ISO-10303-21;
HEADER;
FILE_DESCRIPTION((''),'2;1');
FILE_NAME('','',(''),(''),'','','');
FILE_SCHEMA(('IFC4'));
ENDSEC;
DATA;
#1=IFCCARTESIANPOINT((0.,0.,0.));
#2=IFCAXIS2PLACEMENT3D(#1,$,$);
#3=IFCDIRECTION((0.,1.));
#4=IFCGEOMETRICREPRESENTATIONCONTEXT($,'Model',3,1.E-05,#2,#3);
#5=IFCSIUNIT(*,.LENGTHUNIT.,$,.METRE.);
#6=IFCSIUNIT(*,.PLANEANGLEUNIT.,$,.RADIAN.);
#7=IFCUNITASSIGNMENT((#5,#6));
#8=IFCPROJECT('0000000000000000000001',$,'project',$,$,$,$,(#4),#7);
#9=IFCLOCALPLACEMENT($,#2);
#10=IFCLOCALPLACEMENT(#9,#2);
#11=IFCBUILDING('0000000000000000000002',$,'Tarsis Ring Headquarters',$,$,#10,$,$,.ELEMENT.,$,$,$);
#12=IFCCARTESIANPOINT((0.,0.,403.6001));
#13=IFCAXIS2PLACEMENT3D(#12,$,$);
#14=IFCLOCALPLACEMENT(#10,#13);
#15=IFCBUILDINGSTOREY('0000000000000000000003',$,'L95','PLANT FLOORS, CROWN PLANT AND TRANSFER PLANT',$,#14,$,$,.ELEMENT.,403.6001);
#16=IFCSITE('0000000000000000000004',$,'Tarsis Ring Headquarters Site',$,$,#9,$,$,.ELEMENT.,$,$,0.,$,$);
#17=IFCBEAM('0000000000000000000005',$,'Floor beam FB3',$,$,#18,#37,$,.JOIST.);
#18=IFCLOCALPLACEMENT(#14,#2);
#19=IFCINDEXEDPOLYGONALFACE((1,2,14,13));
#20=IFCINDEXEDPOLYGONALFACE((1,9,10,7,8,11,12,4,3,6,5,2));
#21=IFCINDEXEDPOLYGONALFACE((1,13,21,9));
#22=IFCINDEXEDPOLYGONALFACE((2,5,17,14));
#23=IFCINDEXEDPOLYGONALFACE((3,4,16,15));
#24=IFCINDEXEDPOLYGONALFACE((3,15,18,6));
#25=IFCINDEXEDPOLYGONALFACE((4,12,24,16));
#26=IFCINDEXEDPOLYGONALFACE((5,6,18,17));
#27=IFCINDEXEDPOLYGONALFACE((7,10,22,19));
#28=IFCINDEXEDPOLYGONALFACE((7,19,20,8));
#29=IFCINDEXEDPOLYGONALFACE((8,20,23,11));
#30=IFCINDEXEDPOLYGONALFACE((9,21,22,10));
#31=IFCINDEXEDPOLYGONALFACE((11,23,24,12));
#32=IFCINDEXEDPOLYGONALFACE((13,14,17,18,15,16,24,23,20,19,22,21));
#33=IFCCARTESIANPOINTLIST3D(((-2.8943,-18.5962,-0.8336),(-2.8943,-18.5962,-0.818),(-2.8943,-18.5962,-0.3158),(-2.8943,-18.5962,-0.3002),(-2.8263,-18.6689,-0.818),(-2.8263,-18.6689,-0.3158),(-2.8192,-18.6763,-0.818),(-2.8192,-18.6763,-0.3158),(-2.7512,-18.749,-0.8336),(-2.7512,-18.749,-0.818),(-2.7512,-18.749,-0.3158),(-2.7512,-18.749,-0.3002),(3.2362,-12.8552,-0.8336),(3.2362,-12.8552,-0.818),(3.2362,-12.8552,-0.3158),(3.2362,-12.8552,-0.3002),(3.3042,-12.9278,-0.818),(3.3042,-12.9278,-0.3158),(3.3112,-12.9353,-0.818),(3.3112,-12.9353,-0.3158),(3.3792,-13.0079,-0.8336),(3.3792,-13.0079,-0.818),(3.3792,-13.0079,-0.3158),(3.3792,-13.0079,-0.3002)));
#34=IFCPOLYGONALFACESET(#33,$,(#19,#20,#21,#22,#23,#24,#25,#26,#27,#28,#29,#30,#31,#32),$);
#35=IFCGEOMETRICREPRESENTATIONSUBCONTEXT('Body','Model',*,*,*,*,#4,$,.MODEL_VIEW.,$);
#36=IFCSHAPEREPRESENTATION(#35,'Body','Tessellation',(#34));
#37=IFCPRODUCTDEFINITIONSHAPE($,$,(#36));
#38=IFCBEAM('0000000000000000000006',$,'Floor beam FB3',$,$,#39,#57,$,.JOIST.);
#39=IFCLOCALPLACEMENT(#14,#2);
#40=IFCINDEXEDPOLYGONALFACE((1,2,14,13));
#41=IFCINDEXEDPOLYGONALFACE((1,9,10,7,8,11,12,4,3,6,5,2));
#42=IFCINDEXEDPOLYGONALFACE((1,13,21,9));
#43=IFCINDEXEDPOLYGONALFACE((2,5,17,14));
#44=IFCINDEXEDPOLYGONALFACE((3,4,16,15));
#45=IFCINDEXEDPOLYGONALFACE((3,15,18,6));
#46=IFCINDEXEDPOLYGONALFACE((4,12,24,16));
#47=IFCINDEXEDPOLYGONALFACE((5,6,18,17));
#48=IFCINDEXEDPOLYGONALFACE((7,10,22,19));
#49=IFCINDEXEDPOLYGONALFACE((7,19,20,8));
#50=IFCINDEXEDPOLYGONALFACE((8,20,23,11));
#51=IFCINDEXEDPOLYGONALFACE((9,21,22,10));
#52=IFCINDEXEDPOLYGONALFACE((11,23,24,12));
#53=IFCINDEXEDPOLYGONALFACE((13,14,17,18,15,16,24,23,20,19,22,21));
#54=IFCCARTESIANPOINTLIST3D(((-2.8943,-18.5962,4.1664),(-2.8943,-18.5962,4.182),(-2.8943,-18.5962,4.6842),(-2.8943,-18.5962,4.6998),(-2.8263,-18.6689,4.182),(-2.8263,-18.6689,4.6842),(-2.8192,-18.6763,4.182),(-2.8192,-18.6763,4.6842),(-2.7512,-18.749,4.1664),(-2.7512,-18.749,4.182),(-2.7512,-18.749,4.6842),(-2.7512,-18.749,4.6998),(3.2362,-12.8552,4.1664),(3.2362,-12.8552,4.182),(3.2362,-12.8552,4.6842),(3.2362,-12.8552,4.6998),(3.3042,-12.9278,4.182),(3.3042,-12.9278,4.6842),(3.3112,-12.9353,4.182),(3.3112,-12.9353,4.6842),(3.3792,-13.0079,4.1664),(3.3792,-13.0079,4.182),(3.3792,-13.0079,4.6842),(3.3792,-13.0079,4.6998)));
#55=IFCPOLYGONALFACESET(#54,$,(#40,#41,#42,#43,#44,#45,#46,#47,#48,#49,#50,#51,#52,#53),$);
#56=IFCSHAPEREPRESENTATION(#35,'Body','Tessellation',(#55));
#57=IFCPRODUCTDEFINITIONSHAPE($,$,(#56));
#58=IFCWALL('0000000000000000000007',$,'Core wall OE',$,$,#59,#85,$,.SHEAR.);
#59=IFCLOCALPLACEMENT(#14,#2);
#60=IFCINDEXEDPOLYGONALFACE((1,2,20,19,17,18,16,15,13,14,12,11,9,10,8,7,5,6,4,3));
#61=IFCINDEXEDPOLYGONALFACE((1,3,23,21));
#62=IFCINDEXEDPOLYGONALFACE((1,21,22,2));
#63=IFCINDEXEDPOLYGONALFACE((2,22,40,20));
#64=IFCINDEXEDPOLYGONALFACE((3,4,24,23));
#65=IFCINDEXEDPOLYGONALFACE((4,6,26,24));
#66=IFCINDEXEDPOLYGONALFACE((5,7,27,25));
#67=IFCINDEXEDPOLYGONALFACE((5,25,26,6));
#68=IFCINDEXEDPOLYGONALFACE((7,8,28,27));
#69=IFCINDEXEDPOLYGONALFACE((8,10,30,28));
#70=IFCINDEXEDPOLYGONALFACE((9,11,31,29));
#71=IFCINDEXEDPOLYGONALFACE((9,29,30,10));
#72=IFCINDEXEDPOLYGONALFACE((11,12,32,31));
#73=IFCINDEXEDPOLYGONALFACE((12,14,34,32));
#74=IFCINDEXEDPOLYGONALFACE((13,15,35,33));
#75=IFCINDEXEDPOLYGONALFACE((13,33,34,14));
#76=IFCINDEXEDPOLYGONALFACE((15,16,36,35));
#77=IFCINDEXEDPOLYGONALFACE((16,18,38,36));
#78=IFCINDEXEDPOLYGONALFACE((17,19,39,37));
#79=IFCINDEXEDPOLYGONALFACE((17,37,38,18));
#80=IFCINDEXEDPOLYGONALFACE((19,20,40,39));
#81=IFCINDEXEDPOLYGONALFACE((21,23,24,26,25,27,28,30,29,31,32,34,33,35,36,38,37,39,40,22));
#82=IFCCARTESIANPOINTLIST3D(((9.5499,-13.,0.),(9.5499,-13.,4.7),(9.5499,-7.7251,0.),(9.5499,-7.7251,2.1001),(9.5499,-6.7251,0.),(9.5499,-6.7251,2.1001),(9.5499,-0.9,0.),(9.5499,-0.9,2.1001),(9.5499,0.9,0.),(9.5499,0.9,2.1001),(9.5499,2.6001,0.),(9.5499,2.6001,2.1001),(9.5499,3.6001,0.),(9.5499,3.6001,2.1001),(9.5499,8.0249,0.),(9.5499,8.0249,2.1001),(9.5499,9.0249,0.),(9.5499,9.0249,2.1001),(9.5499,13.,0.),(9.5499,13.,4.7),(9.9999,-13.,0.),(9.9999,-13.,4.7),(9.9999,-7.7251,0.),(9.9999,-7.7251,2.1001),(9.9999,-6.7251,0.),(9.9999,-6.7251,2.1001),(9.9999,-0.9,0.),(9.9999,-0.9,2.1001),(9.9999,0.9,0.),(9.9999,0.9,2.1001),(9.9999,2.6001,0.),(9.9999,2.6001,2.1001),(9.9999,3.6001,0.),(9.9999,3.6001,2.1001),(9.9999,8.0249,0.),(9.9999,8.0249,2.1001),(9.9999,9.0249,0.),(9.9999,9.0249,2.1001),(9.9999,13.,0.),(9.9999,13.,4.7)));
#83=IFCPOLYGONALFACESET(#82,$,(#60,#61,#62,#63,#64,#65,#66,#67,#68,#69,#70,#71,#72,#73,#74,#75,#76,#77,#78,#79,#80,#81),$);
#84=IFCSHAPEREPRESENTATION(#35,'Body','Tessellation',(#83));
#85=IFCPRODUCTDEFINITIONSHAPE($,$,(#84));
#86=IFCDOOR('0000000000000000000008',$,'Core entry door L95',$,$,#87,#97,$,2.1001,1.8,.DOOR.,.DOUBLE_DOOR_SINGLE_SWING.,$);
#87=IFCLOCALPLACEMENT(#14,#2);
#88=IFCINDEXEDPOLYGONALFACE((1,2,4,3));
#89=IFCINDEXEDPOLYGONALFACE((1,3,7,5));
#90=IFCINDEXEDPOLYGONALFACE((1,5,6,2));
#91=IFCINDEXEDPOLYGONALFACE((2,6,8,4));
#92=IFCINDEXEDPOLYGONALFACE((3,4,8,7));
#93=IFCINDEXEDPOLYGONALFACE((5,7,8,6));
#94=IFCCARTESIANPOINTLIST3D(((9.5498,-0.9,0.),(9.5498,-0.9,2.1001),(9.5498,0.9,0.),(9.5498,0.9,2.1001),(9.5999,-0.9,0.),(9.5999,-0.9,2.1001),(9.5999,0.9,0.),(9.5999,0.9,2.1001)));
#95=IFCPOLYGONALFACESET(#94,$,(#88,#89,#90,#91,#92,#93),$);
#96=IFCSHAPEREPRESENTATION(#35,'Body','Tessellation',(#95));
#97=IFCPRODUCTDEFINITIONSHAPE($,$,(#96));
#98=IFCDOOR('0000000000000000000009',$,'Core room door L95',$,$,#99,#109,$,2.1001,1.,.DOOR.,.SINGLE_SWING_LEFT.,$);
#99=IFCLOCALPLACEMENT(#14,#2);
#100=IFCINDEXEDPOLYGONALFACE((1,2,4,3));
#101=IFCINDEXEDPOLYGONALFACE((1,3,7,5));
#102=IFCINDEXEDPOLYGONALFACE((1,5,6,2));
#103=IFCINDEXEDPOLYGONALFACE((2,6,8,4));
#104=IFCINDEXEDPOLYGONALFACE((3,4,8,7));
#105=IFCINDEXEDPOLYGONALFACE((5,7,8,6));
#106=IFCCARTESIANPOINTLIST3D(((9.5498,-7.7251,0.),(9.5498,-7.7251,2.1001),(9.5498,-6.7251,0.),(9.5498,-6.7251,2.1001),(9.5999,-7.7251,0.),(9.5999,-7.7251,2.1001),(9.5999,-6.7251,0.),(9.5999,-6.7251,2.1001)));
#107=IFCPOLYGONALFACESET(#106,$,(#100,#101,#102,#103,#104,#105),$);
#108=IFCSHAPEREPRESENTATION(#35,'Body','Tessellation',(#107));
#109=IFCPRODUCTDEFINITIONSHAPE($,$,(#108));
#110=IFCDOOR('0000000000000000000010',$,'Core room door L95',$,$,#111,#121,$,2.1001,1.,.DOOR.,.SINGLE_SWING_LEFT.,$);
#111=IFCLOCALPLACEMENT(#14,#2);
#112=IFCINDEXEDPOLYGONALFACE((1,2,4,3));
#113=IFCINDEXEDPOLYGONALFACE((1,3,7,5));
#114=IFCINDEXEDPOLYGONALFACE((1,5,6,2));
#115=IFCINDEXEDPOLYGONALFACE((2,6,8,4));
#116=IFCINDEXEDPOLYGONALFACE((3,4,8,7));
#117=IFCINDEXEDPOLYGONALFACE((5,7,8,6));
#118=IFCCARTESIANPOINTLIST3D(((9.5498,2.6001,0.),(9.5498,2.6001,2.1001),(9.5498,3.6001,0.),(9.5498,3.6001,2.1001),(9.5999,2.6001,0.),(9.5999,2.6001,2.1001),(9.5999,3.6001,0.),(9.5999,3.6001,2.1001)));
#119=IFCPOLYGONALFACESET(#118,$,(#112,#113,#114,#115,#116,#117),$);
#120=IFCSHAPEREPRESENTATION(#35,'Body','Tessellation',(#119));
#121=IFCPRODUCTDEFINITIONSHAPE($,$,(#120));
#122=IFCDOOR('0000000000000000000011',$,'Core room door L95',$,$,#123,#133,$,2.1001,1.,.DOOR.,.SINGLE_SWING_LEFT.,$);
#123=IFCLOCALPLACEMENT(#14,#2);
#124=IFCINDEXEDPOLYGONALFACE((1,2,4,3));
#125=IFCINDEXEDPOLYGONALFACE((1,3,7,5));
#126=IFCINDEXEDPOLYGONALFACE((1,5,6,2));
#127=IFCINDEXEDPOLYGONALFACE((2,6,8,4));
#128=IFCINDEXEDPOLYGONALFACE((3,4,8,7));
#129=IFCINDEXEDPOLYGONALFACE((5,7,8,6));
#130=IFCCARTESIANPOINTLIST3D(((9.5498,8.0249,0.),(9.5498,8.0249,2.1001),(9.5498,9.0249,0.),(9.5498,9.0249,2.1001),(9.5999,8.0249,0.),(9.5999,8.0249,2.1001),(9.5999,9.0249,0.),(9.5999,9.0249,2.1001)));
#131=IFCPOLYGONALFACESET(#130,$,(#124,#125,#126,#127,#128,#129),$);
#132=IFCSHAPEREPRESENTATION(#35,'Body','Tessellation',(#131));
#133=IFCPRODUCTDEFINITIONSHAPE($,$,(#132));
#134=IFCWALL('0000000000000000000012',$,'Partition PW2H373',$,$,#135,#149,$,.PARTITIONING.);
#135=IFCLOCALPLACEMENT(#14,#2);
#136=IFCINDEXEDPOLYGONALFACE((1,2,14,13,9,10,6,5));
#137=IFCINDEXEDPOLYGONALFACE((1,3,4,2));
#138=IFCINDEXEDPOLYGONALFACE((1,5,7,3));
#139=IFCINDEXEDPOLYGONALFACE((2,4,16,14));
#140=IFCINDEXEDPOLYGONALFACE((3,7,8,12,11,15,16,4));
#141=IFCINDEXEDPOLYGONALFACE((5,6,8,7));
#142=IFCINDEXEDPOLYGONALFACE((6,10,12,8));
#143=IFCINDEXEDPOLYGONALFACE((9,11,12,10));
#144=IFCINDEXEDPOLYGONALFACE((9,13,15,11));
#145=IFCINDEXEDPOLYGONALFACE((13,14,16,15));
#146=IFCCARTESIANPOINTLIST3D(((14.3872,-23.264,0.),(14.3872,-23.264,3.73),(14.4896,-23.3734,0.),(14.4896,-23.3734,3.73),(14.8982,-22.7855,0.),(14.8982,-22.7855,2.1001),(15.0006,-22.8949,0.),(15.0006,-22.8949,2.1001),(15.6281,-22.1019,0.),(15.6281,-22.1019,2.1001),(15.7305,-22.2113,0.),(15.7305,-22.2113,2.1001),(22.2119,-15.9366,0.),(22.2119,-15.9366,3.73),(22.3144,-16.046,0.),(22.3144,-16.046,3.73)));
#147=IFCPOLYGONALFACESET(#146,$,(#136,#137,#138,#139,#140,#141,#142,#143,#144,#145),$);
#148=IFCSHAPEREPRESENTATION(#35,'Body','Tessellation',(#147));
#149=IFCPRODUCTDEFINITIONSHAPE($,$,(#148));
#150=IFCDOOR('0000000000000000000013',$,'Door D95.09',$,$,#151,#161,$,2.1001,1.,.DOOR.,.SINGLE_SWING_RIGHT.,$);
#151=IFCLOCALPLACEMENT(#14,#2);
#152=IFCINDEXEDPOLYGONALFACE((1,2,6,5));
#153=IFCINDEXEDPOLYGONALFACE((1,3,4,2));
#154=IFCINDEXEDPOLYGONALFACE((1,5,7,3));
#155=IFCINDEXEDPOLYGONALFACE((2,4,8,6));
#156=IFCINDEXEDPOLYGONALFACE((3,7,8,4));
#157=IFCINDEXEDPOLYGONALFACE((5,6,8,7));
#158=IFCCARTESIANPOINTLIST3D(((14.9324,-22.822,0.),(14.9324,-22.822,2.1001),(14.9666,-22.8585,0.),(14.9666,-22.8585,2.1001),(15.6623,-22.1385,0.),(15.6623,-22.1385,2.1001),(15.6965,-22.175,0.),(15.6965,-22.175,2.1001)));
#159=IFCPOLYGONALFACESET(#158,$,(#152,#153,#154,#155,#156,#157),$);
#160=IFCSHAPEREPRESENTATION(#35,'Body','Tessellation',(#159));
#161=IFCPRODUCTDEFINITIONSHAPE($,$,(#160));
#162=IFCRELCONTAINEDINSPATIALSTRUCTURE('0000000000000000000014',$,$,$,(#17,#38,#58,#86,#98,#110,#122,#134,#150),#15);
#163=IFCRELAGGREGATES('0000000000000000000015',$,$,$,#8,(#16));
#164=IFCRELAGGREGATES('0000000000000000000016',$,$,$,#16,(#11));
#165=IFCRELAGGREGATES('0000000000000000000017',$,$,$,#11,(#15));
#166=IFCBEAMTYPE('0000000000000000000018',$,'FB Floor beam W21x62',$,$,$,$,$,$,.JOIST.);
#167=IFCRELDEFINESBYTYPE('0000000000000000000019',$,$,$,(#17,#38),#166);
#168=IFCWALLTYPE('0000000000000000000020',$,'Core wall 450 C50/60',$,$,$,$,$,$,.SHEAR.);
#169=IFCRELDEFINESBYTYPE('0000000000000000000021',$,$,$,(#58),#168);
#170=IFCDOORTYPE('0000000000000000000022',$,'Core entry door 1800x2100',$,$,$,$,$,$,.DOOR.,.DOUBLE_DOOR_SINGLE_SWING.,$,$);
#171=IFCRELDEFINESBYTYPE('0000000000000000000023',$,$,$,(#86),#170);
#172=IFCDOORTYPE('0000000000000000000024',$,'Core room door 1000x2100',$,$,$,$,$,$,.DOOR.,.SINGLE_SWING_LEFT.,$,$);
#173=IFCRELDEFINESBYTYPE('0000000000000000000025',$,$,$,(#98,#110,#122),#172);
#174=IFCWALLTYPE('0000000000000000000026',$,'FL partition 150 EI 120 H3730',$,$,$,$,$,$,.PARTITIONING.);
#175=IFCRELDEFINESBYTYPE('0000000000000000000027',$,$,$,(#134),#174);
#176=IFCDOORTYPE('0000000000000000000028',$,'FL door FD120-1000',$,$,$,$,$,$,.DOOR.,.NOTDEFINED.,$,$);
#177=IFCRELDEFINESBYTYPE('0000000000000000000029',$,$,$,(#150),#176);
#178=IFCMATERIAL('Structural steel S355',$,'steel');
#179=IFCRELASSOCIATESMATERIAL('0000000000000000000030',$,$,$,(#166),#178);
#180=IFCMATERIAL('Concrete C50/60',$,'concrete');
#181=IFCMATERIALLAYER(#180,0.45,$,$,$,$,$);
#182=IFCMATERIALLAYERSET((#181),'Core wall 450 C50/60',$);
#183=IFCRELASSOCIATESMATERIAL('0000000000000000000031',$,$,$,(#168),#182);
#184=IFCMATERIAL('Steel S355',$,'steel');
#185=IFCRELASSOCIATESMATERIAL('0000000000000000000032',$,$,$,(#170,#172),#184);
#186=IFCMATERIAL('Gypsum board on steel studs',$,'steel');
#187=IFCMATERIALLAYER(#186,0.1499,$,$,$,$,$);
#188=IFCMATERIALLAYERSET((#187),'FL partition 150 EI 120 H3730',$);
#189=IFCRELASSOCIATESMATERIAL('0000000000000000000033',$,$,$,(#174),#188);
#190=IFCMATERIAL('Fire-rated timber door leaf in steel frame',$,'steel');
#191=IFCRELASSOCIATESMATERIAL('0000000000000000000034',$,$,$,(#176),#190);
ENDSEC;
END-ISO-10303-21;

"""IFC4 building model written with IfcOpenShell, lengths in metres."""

from ifc_helpers import new_model, si_unit, direction, frame, frame_2d, origin, origin_2d, place, context, subcontext, project, spatial, rectangle, i_section, extrude, material, layer, layer_set, material_profile, profile_set, type_object, element, fill, save


model = new_model("IFC4")

# Units and contexts
model_context = context("Model", 3, precision=1e-05, world=origin(), true_north=direction((0.0, 1.0)))
body_context = subcontext(model_context, "Body", "Model", "MODEL_VIEW")
ifc_project = project(units=[si_unit("LENGTHUNIT", "METRE"), si_unit("PLANEANGLEUNIT", "RADIAN")], contexts=[model_context])

# Site, building, storey
site_placement = place(None, origin())
site = spatial("IfcSite", under=ifc_project, at=site_placement, Name="Tarsis Ring Headquarters Site", CompositionType="ELEMENT", RefElevation=0.0)
building_placement = place(site_placement, origin())
building = spatial("IfcBuilding", under=site, at=building_placement, Name="Tarsis Ring Headquarters", CompositionType="ELEMENT")
storey_placement = place(building_placement, frame((0.0, 0.0, 403.6001)))
storey = spatial("IfcBuildingStorey", under=building, at=storey_placement, Name="L95", Description="PLANT FLOORS, CROWN PLANT AND TRANSFER PLANT", CompositionType="ELEMENT", Elevation=403.6001)

# Beams
ifc_material_1 = material(Name="Structural steel S355", Category="steel")
ifc_material_profile = material_profile(ifc_material_1, i_section(OverallWidth=0.2092, OverallDepth=0.5334, WebThickness=0.0103, FlangeThickness=0.0156, at=origin_2d()), Name="W21x62")
ifc_profile_set = profile_set([ifc_material_profile], Name="Structural steel S355")
beam_type = type_object("IfcBeamType", Name="FB Floor beam W21x62", PredefinedType="JOIST", material=ifc_profile_set)
for number, where, z_axis, x_axis, name in (
    (1, (-2.8228, -18.6726, -0.5669), (0.729909, 0.683545, 0.0), (-0.683545, 0.729909, 0.0), "Floor beam FB3"),
    (2, (-2.8228, -18.6726, 4.4331), (0.729909, 0.683545, 0.0), (-0.683545, 0.729909, 0.0), "Floor beam FB3"),
):
    element("IfcBeam", number, at=place(storey_placement, frame(where, z_axis=z_axis, x_axis=x_axis)), inside=storey, type_object=beam_type, Name=name, PredefinedType="JOIST", context=body_context, shape_type="SweptSolid", body=[
        extrude(i_section(OverallWidth=0.2092, OverallDepth=0.5334, WebThickness=0.0103, FlangeThickness=0.0156, at=origin_2d()), origin(), (0.0, 0.0, 1.0), 8.3989),
    ])

# Wall, openings, doors
ifc_material_2 = material(Name="Concrete C50/60", Category="concrete")
ifc_layer_1 = layer(ifc_material_2, 0.45)
ifc_layer_set_1 = layer_set([ifc_layer_1], Name="Core wall 450 C50/60")
wall_type_1 = type_object("IfcWallType", Name="Core wall 450 C50/60", PredefinedType="SHEAR", material=ifc_layer_set_1)
wall_1_placement = place(storey_placement, frame((9.7749, -13.0, 0.0), z_axis=(0.0, 0.0, 1.0), x_axis=(0.0, 1.0, 0.0)))
wall_1 = element("IfcWall", 3, at=wall_1_placement, inside=storey, type_object=wall_type_1, Name="Core wall OE", PredefinedType="SHEAR", context=body_context, shape_type="SweptSolid", body=[
    extrude(rectangle(XDim=26.0, YDim=0.45, at=frame_2d((13.0, 0.0))), origin(), (0.0, 0.0, 1.0), 4.7),
])
opening_1_placement = place(wall_1_placement, frame((5.2749, 0.0, 0.0)))
opening_1 = element("IfcOpeningElement", 4, at=opening_1_placement, cuts=wall_1, PredefinedType="OPENING", context=body_context, shape_type="SweptSolid", body=[
    extrude(rectangle(XDim=1.0, YDim=2.1001, at=frame_2d((0.5, 1.05))), frame((0.0, 0.2349, 0.0), z_axis=(0.0, -1.0, 0.0), x_axis=(1.0, 0.0, 0.0)), (0.0, 0.0, 1.0), 0.47),
])
opening_2_placement = place(wall_1_placement, frame((12.1001, 0.0, 0.0)))
opening_2 = element("IfcOpeningElement", 5, at=opening_2_placement, cuts=wall_1, PredefinedType="OPENING", context=body_context, shape_type="SweptSolid", body=[
    extrude(rectangle(XDim=1.8, YDim=2.1001, at=frame_2d((0.8999, 1.05))), frame((0.0, 0.2349, 0.0), z_axis=(0.0, -1.0, 0.0), x_axis=(1.0, 0.0, 0.0)), (0.0, 0.0, 1.0), 0.47),
])
opening_3_placement = place(wall_1_placement, frame((15.6001, 0.0, 0.0)))
opening_3 = element("IfcOpeningElement", 6, at=opening_3_placement, cuts=wall_1, PredefinedType="OPENING", context=body_context, shape_type="SweptSolid", body=[
    extrude(rectangle(XDim=1.0, YDim=2.1001, at=frame_2d((0.5, 1.05))), frame((0.0, 0.2349, 0.0), z_axis=(0.0, -1.0, 0.0), x_axis=(1.0, 0.0, 0.0)), (0.0, 0.0, 1.0), 0.47),
])
opening_4_placement = place(wall_1_placement, frame((21.0249, 0.0, 0.0)))
opening_4 = element("IfcOpeningElement", 7, at=opening_4_placement, cuts=wall_1, PredefinedType="OPENING", context=body_context, shape_type="SweptSolid", body=[
    extrude(rectangle(XDim=1.0, YDim=2.1001, at=frame_2d((0.5, 1.05))), frame((0.0, 0.2349, 0.0), z_axis=(0.0, -1.0, 0.0), x_axis=(1.0, 0.0, 0.0)), (0.0, 0.0, 1.0), 0.47),
])
ifc_material_3 = material(Name="Steel S355", Category="steel")
door_type_1 = type_object("IfcDoorType", Name="Core entry door 1800x2100", OperationType="DOUBLE_DOOR_SINGLE_SWING", PredefinedType="DOOR", material=ifc_material_3)
door_1_placement = place(opening_2_placement, origin())
door_1 = element("IfcDoor", 8, at=door_1_placement, inside=storey, type_object=door_type_1, Name="Core entry door L95", OperationType="DOUBLE_DOOR_SINGLE_SWING", OverallHeight=2.1001, OverallWidth=1.8, PredefinedType="DOOR", context=body_context, shape_type="SweptSolid", body=[
    extrude(rectangle(XDim=1.8, YDim=2.1001, at=frame_2d((0.8999, 1.05))), frame((0.0, 0.2251, 0.0), z_axis=(0.0, -1.0, 0.0), x_axis=(1.0, 0.0, 0.0)), (0.0, 0.0, 1.0), 0.05),
])
fill(opening_2, door_1)
door_type_2 = type_object("IfcDoorType", Name="Core room door 1000x2100", OperationType="SINGLE_SWING_LEFT", PredefinedType="DOOR", material=ifc_material_3)
door_2_placement = place(opening_1_placement, origin())
door_2 = element("IfcDoor", 9, at=door_2_placement, inside=storey, type_object=door_type_2, Name="Core room door L95", OperationType="SINGLE_SWING_LEFT", OverallHeight=2.1001, OverallWidth=1.0, PredefinedType="DOOR", context=body_context, shape_type="SweptSolid", body=[
    extrude(rectangle(XDim=1.0, YDim=2.1001, at=frame_2d((0.5, 1.05))), frame((0.0, 0.2251, 0.0), z_axis=(0.0, -1.0, 0.0), x_axis=(1.0, 0.0, 0.0)), (0.0, 0.0, 1.0), 0.05),
])
fill(opening_1, door_2)
door_3_placement = place(opening_3_placement, origin())
door_3 = element("IfcDoor", 10, at=door_3_placement, inside=storey, type_object=door_type_2, Name="Core room door L95", OperationType="SINGLE_SWING_LEFT", OverallHeight=2.1001, OverallWidth=1.0, PredefinedType="DOOR", context=body_context, shape_type="SweptSolid", body=[
    extrude(rectangle(XDim=1.0, YDim=2.1001, at=frame_2d((0.5, 1.05))), frame((0.0, 0.2251, 0.0), z_axis=(0.0, -1.0, 0.0), x_axis=(1.0, 0.0, 0.0)), (0.0, 0.0, 1.0), 0.05),
])
fill(opening_3, door_3)
door_4_placement = place(opening_4_placement, origin())
door_4 = element("IfcDoor", 11, at=door_4_placement, inside=storey, type_object=door_type_2, Name="Core room door L95", OperationType="SINGLE_SWING_LEFT", OverallHeight=2.1001, OverallWidth=1.0, PredefinedType="DOOR", context=body_context, shape_type="SweptSolid", body=[
    extrude(rectangle(XDim=1.0, YDim=2.1001, at=frame_2d((0.5, 1.05))), frame((0.0, 0.2251, 0.0), z_axis=(0.0, -1.0, 0.0), x_axis=(1.0, 0.0, 0.0)), (0.0, 0.0, 1.0), 0.05),
])
fill(opening_4, door_4)

# Wall, opening, door
ifc_material_4 = material(Name="Gypsum board on steel studs", Category="steel")
ifc_layer_2 = layer(ifc_material_4, 0.1499)
ifc_layer_set_2 = layer_set([ifc_layer_2], Name="FL partition 150 EI 120 H3730")
wall_type_2 = type_object("IfcWallType", Name="FL partition 150 EI 120 H3730", PredefinedType="PARTITIONING", material=ifc_layer_set_2)
wall_2_placement = place(storey_placement, frame((14.4385, -23.3186, 0.0), z_axis=(0.0, 0.0, 1.0), x_axis=(0.729922, 0.68353, 0.0)))
wall_2 = element("IfcWall", 12, at=wall_2_placement, inside=storey, type_object=wall_type_2, Name="Partition PW2H373", PredefinedType="PARTITIONING", context=body_context, shape_type="SweptSolid", body=[
    extrude(rectangle(XDim=10.72, YDim=0.1499, at=frame_2d((5.3599, 0.0))), origin(), (0.0, 0.0, 1.0), 3.73),
])
opening_5_placement = place(wall_2_placement, frame((0.7, 0.0, 0.0)))
opening_5 = element("IfcOpeningElement", 13, at=opening_5_placement, cuts=wall_2, PredefinedType="OPENING", context=body_context, shape_type="SweptSolid", body=[
    extrude(rectangle(XDim=1.0, YDim=2.1001, at=frame_2d((0.5, 1.05))), frame((0.0, 0.085, 0.0), z_axis=(0.0, -1.0, 0.0), x_axis=(1.0, 0.0, 0.0)), (0.0, 0.0, 1.0), 0.1699),
])
ifc_material_5 = material(Name="Fire-rated timber door leaf in steel frame", Category="steel")
door_type_3 = type_object("IfcDoorType", Name="FL door FD120-1000", OperationType="NOTDEFINED", PredefinedType="DOOR", material=ifc_material_5)
door_5_placement = place(opening_5_placement, origin())
door_5 = element("IfcDoor", 14, at=door_5_placement, inside=storey, type_object=door_type_3, Name="Door D95.09", OperationType="SINGLE_SWING_RIGHT", OverallHeight=2.1001, OverallWidth=1.0, PredefinedType="DOOR", context=body_context, shape_type="SweptSolid", body=[
    extrude(rectangle(XDim=1.0, YDim=2.1001, at=frame_2d((0.5, 1.05))), frame((0.0, 0.0249, 0.0), z_axis=(0.0, -1.0, 0.0), x_axis=(1.0, 0.0, 0.0)), (0.0, 0.0, 1.0), 0.05),
])
fill(opening_5, door_5)

save(model, "model.ifc")
